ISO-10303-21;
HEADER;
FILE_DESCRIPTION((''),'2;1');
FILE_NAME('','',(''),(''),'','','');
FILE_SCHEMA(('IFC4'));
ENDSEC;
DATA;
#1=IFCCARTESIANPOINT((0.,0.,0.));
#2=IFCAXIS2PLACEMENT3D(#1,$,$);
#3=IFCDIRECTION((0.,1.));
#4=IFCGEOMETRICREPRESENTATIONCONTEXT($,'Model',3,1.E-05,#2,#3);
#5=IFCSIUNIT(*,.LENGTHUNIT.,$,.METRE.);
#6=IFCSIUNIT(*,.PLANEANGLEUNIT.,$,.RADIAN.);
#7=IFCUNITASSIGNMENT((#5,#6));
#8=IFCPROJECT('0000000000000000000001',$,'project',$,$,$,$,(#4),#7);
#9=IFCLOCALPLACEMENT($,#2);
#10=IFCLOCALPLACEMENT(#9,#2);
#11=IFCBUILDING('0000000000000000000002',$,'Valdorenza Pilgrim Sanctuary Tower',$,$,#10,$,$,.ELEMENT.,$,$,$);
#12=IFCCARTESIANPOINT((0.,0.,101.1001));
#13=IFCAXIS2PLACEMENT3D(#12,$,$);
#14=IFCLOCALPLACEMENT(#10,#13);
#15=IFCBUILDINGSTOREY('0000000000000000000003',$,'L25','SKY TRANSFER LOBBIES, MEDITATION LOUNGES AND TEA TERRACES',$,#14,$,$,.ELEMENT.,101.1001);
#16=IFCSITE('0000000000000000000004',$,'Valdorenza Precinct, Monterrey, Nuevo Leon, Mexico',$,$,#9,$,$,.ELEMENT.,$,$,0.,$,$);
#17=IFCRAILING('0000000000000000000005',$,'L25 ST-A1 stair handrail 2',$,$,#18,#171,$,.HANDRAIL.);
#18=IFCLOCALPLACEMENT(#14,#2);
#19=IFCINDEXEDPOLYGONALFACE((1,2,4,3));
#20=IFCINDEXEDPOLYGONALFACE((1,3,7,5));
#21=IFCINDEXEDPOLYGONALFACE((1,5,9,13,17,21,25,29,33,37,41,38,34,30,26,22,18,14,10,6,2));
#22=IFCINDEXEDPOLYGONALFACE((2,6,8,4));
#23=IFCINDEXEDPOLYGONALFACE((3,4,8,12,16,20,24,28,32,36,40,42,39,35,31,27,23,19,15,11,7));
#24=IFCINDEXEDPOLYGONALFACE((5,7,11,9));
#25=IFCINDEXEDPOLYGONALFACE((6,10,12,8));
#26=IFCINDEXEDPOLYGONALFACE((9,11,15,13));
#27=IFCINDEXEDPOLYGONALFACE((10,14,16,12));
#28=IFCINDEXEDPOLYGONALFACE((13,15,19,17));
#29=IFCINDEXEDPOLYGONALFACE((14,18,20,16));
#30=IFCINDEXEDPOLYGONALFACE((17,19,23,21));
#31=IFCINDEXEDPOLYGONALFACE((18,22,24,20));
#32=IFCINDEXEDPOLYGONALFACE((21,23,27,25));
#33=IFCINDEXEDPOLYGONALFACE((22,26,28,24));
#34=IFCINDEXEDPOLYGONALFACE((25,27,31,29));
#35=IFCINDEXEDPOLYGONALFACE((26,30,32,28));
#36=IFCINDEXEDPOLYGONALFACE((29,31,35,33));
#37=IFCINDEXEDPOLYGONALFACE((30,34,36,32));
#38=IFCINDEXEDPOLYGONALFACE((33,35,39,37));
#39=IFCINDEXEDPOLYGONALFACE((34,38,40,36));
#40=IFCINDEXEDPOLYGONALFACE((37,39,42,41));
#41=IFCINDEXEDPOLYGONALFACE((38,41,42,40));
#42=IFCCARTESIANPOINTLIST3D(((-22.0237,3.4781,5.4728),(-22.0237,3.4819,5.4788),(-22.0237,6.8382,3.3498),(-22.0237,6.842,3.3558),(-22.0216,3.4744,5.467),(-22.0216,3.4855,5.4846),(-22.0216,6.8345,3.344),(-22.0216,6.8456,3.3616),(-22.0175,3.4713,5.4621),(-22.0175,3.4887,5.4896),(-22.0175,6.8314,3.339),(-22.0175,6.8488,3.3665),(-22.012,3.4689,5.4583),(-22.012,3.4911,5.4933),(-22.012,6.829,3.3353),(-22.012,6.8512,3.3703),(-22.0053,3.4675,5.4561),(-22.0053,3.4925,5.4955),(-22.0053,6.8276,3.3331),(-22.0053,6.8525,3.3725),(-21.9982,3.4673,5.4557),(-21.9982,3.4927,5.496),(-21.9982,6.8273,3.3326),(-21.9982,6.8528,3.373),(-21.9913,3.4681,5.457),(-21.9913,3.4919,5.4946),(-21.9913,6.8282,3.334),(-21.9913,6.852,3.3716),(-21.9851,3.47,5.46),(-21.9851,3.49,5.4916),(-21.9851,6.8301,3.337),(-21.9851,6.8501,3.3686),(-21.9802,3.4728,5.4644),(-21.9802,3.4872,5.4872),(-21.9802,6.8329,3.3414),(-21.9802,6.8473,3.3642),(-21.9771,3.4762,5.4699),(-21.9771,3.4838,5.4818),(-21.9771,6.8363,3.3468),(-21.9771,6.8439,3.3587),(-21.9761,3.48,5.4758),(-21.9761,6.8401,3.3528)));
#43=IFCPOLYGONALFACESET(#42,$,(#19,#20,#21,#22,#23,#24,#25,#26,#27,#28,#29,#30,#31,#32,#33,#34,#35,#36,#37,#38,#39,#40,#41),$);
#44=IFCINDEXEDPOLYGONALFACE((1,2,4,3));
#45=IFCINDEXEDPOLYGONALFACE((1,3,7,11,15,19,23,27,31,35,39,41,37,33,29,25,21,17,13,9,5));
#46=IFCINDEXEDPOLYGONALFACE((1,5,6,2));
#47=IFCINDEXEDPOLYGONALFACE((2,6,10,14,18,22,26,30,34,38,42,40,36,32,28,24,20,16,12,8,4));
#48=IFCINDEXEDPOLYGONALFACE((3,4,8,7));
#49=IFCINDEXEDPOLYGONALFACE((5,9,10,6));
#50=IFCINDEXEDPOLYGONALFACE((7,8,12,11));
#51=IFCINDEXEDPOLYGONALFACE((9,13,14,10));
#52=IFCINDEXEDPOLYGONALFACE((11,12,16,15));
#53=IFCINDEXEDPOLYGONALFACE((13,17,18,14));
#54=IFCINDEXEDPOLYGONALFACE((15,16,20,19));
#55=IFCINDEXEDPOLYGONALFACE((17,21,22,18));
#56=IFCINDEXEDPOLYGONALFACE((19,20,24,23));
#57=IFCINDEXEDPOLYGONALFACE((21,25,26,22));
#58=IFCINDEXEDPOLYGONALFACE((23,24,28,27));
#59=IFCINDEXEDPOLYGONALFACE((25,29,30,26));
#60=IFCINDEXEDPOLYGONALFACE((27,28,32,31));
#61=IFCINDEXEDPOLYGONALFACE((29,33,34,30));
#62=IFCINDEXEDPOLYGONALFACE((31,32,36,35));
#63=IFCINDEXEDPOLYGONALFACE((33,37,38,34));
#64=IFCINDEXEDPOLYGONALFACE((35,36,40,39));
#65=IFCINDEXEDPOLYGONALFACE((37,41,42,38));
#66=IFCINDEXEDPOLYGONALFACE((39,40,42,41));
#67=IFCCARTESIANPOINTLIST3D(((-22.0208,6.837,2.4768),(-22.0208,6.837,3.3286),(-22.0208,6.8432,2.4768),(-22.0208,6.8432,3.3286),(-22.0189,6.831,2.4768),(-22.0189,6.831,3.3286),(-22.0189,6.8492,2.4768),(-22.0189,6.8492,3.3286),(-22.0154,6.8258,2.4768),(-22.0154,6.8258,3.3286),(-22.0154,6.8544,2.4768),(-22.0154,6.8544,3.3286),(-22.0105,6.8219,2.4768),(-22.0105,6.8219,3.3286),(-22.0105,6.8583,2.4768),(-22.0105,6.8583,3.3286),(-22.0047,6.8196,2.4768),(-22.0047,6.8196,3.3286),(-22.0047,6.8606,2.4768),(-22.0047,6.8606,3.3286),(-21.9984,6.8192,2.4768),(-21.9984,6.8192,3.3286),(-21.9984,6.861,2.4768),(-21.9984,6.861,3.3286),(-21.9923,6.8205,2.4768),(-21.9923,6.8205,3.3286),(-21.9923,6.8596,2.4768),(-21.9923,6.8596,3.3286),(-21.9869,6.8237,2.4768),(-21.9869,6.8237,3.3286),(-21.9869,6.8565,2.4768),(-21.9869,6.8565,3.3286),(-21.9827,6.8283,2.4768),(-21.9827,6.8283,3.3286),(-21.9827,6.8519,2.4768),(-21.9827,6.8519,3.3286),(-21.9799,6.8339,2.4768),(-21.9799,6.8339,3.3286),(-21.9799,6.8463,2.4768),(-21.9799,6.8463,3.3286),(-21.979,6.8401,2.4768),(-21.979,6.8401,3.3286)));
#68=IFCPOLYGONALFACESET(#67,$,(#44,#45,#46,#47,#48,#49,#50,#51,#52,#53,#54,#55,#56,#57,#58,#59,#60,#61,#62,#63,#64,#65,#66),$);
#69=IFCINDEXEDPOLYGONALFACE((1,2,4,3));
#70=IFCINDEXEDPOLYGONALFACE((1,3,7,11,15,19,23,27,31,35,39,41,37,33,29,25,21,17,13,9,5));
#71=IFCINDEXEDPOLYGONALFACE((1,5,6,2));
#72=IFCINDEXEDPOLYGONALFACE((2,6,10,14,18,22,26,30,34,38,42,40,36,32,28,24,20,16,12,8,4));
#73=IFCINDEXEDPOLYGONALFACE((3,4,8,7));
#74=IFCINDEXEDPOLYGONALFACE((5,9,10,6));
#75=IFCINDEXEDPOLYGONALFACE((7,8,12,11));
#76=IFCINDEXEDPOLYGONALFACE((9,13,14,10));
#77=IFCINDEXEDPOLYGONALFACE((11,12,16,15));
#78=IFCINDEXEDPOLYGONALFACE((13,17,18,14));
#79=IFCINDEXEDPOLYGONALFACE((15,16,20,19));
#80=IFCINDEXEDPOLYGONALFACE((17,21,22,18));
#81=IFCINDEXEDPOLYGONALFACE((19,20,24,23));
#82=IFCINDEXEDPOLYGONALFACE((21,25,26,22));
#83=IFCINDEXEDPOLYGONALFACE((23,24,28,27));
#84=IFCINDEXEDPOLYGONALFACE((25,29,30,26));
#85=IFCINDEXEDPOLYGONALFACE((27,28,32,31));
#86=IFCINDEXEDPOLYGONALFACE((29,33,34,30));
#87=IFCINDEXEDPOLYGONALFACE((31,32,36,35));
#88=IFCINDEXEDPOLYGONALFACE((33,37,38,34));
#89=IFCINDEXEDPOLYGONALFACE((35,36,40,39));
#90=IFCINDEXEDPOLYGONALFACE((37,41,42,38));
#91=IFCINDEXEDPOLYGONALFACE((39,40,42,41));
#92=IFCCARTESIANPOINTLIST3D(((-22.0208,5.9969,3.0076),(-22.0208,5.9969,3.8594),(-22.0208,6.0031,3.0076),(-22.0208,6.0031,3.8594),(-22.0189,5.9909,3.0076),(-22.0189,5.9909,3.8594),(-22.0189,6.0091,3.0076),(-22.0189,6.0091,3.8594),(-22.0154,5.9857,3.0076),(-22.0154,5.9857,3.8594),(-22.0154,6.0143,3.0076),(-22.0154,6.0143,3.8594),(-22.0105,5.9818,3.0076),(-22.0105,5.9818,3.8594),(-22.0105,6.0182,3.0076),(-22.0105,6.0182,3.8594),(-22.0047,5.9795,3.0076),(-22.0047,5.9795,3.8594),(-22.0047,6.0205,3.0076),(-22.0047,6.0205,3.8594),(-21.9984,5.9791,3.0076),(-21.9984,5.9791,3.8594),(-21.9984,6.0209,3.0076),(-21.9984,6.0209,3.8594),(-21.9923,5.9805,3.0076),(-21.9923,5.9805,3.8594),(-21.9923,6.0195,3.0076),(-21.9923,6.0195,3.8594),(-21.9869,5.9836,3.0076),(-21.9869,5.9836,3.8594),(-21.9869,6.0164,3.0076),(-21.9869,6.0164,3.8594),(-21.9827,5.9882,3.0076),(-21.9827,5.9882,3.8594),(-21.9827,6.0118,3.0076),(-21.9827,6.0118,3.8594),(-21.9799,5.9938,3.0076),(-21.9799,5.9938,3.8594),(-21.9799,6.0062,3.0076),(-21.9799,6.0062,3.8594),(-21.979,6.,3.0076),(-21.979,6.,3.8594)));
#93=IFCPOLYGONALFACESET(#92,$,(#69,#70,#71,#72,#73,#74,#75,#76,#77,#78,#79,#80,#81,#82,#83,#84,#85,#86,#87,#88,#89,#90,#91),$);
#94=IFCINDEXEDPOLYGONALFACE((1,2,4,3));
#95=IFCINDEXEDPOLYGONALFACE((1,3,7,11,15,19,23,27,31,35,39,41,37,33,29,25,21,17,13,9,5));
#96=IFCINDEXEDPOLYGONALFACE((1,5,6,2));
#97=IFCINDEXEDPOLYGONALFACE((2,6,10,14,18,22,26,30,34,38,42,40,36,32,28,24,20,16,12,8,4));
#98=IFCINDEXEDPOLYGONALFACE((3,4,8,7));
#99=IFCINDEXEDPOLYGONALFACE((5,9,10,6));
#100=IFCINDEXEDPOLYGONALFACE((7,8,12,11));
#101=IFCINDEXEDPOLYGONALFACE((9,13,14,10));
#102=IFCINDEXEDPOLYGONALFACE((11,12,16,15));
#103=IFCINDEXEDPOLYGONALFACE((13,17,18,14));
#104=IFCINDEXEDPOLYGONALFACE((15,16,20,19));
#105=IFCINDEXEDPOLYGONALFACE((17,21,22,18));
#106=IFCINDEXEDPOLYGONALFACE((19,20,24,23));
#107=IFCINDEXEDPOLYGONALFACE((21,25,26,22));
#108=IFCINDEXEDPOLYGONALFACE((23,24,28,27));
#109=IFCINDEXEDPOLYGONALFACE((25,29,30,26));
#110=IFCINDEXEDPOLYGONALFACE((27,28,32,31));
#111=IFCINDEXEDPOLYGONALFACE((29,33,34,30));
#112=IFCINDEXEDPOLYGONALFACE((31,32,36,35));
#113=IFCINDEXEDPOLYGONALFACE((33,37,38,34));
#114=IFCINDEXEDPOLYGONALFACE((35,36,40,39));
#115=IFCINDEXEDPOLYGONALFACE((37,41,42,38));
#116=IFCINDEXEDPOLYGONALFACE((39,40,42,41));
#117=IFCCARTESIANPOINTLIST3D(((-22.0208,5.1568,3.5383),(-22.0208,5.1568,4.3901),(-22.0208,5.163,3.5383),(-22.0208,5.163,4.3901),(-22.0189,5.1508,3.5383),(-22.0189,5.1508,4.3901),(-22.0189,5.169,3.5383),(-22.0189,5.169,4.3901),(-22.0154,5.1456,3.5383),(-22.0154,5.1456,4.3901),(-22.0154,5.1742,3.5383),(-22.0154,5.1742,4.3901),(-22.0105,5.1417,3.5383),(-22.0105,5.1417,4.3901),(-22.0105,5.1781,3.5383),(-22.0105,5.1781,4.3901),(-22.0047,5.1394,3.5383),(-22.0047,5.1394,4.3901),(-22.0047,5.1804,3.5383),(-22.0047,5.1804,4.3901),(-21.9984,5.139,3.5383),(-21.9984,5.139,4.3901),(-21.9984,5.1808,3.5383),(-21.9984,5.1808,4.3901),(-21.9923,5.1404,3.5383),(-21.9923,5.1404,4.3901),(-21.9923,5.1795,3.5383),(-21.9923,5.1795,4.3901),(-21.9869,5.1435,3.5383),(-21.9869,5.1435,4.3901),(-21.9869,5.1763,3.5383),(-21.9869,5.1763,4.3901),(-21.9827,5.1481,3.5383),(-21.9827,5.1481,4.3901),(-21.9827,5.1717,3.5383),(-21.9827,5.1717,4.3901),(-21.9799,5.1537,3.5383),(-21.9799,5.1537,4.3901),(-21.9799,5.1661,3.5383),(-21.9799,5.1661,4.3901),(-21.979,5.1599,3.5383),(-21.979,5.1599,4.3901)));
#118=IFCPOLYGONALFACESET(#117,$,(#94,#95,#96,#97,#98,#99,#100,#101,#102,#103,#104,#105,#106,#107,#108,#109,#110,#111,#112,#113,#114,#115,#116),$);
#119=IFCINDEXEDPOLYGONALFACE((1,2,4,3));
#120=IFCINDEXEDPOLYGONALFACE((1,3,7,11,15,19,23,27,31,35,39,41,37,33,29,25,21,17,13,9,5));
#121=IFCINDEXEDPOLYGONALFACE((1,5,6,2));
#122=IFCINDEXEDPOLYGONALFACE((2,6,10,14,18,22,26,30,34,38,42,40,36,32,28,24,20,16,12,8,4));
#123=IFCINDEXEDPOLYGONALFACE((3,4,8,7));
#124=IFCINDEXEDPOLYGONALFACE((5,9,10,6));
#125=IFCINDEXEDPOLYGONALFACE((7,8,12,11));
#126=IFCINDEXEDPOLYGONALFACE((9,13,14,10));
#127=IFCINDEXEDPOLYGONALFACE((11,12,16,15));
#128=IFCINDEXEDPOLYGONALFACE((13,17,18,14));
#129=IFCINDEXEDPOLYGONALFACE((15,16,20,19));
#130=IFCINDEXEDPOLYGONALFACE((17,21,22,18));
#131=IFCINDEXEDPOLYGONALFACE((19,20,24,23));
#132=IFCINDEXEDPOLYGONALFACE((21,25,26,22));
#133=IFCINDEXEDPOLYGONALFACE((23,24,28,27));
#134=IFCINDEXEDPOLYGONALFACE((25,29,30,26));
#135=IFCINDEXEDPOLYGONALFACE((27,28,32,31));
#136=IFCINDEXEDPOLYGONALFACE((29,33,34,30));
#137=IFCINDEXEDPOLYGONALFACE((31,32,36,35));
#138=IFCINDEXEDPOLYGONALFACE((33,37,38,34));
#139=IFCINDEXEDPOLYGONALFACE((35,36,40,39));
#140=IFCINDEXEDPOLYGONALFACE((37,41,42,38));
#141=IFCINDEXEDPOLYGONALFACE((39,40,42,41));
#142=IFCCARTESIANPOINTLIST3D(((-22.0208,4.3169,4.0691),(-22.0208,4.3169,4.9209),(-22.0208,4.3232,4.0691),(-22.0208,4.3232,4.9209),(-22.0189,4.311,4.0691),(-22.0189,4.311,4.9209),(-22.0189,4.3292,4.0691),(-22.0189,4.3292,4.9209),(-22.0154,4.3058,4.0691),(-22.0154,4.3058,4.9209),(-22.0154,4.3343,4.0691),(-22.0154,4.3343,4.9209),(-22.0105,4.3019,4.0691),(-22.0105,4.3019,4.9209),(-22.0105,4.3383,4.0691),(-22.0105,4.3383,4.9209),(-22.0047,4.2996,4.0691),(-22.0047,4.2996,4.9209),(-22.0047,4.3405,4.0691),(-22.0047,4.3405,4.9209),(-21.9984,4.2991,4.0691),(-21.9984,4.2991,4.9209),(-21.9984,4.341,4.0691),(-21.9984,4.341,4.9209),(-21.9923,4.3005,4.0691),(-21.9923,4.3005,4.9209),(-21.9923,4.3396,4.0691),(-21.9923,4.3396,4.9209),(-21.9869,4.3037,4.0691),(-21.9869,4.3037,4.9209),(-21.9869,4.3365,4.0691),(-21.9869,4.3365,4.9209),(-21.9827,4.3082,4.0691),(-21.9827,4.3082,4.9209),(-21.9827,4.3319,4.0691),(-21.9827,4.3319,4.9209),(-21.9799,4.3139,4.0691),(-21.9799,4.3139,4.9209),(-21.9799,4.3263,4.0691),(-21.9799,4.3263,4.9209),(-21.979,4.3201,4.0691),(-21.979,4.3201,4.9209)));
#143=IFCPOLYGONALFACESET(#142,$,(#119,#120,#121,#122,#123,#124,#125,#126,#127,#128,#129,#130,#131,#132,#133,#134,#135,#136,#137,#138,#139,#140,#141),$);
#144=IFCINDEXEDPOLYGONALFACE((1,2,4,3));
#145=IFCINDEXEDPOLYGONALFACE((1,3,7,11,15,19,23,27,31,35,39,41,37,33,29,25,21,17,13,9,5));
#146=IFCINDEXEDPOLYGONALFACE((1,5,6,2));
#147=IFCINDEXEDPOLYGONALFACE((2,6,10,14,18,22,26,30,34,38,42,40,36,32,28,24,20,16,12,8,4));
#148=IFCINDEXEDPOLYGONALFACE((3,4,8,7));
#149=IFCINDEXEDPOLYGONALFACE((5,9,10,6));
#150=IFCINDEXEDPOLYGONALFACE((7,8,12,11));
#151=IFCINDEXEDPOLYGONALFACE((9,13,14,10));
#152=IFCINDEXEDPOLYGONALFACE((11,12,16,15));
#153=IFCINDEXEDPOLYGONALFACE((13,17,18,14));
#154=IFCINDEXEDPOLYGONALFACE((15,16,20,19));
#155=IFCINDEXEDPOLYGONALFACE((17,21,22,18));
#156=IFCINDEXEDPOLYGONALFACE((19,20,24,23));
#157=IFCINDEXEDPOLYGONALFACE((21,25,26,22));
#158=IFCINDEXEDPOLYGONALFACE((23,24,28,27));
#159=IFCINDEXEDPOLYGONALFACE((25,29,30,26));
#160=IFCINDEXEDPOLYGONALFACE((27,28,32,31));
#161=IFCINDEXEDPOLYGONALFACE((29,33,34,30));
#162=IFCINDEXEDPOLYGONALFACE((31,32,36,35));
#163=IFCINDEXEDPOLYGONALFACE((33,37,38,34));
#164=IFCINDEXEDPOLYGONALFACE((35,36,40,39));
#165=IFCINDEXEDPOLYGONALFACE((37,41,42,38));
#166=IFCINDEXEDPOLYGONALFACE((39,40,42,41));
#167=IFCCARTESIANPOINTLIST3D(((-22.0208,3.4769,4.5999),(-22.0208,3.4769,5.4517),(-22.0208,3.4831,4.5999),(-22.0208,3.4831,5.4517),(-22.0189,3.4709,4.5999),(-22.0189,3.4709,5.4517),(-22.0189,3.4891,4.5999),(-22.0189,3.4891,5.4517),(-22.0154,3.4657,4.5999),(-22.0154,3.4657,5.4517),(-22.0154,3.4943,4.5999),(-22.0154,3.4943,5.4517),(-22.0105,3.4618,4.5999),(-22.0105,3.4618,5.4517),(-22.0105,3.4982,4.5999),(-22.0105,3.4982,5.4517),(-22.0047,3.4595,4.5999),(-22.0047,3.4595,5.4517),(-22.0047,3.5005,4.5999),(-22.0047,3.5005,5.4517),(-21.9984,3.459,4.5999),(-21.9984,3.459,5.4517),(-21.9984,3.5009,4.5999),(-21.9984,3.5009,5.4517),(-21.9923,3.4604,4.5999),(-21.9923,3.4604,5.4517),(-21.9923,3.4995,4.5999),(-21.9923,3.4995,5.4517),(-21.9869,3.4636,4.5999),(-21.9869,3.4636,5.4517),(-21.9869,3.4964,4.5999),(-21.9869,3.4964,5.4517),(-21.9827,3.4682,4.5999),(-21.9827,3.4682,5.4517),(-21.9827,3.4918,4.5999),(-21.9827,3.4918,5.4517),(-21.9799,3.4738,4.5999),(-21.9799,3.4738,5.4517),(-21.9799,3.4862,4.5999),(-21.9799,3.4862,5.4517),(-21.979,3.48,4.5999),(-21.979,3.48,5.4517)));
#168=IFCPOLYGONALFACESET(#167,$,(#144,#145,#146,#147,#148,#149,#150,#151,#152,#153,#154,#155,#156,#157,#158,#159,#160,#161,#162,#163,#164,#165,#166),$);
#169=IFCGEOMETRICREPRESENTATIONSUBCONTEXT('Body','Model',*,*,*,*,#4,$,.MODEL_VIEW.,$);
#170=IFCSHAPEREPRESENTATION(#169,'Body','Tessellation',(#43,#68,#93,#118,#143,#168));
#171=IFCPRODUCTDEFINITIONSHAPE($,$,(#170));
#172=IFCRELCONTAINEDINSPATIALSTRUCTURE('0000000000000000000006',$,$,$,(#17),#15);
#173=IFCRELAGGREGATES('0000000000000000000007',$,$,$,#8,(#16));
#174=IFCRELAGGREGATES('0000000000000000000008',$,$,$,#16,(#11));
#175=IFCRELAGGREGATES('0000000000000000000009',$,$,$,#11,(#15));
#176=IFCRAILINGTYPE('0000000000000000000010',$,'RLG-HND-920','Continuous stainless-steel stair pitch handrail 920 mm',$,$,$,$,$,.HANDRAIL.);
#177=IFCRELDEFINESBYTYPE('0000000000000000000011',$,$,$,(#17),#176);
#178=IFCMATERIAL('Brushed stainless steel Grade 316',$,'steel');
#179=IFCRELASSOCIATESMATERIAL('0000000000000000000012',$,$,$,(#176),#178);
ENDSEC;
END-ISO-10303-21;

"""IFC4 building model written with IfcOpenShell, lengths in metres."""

from ifc_helpers import new_model, si_unit, direction, frame, origin, origin_2d, place, context, subcontext, project, spatial, circle, extrude, material, type_object, element, save


model = new_model("IFC4")

# Units and contexts
model_context = context("Model", 3, precision=1e-05, world=origin(), true_north=direction((0.0, 1.0)))
body_context = subcontext(model_context, "Body", "Model", "MODEL_VIEW")
ifc_project = project(units=[si_unit("LENGTHUNIT", "METRE"), si_unit("PLANEANGLEUNIT", "RADIAN")], contexts=[model_context])

# Site, building, storey
site_placement = place(None, origin())
site = spatial("IfcSite", under=ifc_project, at=site_placement, Name="Valdorenza Precinct, Monterrey, Nuevo Leon, Mexico", CompositionType="ELEMENT", RefElevation=0.0)
building_placement = place(site_placement, origin())
building = spatial("IfcBuilding", under=site, at=building_placement, Name="Valdorenza Pilgrim Sanctuary Tower", CompositionType="ELEMENT")
storey_placement = place(building_placement, frame((0.0, 0.0, 101.1001)))
storey = spatial("IfcBuildingStorey", under=building, at=storey_placement, Name="L25", Description="SKY TRANSFER LOBBIES, MEDITATION LOUNGES AND TEA TERRACES", CompositionType="ELEMENT", Elevation=101.1001)

# Railing
ifc_material_1 = material(Name="Brushed stainless steel Grade 316", Category="steel")
railing_type_1 = type_object("IfcRailingType", Name="RLG-HND-920", Description="Continuous stainless-steel stair pitch handrail 920 mm", PredefinedType="HANDRAIL", material=ifc_material_1)
railing_1_placement = place(storey_placement, frame((-22.0, 6.8401, 2.4768)))
element("IfcRailing", 1, at=railing_1_placement, inside=storey, type_object=railing_type_1, Name="L25 ST-A1 stair handrail 2", PredefinedType="HANDRAIL", context=body_context, shape_type="SweptSolid", body=[
    extrude(circle(Radius=0.0239, at=origin_2d()), frame((0.0, 0.0, 0.876), z_axis=(0.0, -0.84539, 0.53415), x_axis=(1.0, 0.0, 0.0)), (0.0, 0.0, 1.0), 3.9746),
    extrude(circle(Radius=0.021, at=origin_2d()), origin(), (0.0, 0.0, 1.0), 0.8518),
    extrude(circle(Radius=0.021, at=origin_2d()), frame((0.0, -0.8401, 0.5308)), (0.0, 0.0, 1.0), 0.8518),
    extrude(circle(Radius=0.021, at=origin_2d()), frame((0.0, -1.6802, 1.0615)), (0.0, 0.0, 1.0), 0.8518),
    extrude(circle(Radius=0.021, at=origin_2d()), frame((0.0, -2.52, 1.5923)), (0.0, 0.0, 1.0), 0.8518),
    extrude(circle(Radius=0.021, at=origin_2d()), frame((0.0, -3.3601, 2.123)), (0.0, 0.0, 1.0), 0.8518),
])

save(model, "model.ifc")
